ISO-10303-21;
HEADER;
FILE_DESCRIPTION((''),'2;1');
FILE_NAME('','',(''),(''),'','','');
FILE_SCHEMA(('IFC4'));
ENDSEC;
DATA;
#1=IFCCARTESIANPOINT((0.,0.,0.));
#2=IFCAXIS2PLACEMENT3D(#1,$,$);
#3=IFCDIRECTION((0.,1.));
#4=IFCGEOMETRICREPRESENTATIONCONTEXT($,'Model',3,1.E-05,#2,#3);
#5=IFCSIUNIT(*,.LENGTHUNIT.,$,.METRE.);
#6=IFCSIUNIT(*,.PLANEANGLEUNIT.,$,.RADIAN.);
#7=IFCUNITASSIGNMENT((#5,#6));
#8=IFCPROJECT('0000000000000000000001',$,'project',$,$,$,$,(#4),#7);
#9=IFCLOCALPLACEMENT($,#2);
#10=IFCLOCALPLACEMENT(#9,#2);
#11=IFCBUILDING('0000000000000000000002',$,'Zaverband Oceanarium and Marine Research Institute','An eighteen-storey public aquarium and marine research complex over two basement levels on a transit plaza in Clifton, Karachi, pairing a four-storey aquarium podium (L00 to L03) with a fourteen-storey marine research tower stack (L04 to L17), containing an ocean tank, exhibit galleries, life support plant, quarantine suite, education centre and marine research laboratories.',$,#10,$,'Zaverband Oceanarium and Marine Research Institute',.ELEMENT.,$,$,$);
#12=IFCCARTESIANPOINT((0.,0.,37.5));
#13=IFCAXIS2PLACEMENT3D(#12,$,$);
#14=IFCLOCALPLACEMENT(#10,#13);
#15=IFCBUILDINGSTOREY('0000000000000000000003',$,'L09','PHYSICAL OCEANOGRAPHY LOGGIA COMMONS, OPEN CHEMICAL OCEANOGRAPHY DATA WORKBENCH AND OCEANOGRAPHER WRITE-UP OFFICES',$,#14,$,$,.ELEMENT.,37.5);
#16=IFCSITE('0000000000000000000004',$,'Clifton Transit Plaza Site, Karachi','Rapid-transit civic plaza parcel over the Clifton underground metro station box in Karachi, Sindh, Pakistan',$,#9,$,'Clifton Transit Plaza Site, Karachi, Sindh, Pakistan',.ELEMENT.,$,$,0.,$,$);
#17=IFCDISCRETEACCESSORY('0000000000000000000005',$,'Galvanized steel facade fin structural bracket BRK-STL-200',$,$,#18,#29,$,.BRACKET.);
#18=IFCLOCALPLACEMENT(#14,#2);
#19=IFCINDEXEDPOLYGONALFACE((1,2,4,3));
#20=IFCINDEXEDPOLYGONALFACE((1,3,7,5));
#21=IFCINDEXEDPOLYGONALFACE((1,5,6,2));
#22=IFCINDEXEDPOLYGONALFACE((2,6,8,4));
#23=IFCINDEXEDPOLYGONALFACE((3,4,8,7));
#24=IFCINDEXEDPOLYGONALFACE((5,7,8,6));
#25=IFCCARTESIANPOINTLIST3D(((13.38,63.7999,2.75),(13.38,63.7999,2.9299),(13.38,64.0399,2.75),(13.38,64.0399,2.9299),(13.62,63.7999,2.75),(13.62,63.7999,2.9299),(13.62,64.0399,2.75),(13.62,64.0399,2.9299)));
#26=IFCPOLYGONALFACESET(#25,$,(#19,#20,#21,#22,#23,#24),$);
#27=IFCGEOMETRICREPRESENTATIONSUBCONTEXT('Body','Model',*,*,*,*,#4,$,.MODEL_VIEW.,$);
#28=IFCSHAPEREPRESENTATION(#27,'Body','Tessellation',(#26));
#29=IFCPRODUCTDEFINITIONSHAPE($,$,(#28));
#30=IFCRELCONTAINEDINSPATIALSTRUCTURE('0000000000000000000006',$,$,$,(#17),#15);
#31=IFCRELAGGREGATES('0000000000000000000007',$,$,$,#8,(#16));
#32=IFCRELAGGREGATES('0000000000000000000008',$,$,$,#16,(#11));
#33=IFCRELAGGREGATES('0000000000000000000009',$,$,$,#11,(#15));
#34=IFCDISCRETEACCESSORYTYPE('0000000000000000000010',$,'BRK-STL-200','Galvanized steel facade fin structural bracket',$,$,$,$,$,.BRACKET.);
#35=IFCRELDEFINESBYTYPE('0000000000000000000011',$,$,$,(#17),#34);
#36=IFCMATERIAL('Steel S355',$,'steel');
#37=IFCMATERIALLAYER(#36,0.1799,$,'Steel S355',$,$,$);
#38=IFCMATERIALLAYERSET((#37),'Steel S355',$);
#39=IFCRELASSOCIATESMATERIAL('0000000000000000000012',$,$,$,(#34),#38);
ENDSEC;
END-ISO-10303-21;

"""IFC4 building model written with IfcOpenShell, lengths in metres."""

from ifc_helpers import new_model, si_unit, direction, frame, origin, origin_2d, place, context, subcontext, project, spatial, rectangle, extrude, material, layer, layer_set, type_object, element, save


model = new_model("IFC4")

# Units and contexts
model_context = context("Model", 3, precision=1e-05, world=origin(), true_north=direction((0.0, 1.0)))
body_context = subcontext(model_context, "Body", "Model", "MODEL_VIEW")
ifc_project = project(units=[si_unit("LENGTHUNIT", "METRE"), si_unit("PLANEANGLEUNIT", "RADIAN")], contexts=[model_context])

# Site, building, storey
site_placement = place(None, origin())
site = spatial("IfcSite", under=ifc_project, at=site_placement, Name="Clifton Transit Plaza Site, Karachi", Description="Rapid-transit civic plaza parcel over the Clifton underground metro station box in Karachi, Sindh, Pakistan", LongName="Clifton Transit Plaza Site, Karachi, Sindh, Pakistan", CompositionType="ELEMENT", RefElevation=0.0)
building_placement = place(site_placement, origin())
building = spatial("IfcBuilding", under=site, at=building_placement, Name="Zaverband Oceanarium and Marine Research Institute", Description="An eighteen-storey public aquarium and marine research complex over two basement levels on a transit plaza in Clifton, Karachi, pairing a four-storey aquarium podium (L00 to L03) with a fourteen-storey marine research tower stack (L04 to L17), containing an ocean tank, exhibit galleries, life support plant, quarantine suite, education centre and marine research laboratories.", LongName="Zaverband Oceanarium and Marine Research Institute", CompositionType="ELEMENT")
storey_placement = place(building_placement, frame((0.0, 0.0, 37.5)))
storey = spatial("IfcBuildingStorey", under=building, at=storey_placement, Name="L09", Description="PHYSICAL OCEANOGRAPHY LOGGIA COMMONS, OPEN CHEMICAL OCEANOGRAPHY DATA WORKBENCH AND OCEANOGRAPHER WRITE-UP OFFICES", CompositionType="ELEMENT", Elevation=37.5)

# Discrete accessory
ifc_material_1 = material(Name="Steel S355", Category="steel")
ifc_layer_1 = layer(ifc_material_1, 0.1799, Name="Steel S355")
ifc_layer_set_1 = layer_set([ifc_layer_1], Name="Steel S355")
discrete_accessory_type = type_object("IfcDiscreteAccessoryType", Name="BRK-STL-200", Description="Galvanized steel facade fin structural bracket", PredefinedType="BRACKET", material=ifc_layer_set_1)
discrete_accessory_placement = place(storey_placement, frame((13.5, 63.9199, 2.75), z_axis=(0.0, 0.0, 1.0), x_axis=(1.0, 0.0, 0.0)))
element("IfcDiscreteAccessory", 1, at=discrete_accessory_placement, inside=storey, type_object=discrete_accessory_type, Name="Galvanized steel facade fin structural bracket BRK-STL-200", PredefinedType="BRACKET", context=body_context, shape_type="SweptSolid", body=[
    extrude(rectangle(XDim=0.24, YDim=0.24, at=origin_2d()), origin(), (0.0, 0.0, 1.0), 0.1799),
])

save(model, "model.ifc")
